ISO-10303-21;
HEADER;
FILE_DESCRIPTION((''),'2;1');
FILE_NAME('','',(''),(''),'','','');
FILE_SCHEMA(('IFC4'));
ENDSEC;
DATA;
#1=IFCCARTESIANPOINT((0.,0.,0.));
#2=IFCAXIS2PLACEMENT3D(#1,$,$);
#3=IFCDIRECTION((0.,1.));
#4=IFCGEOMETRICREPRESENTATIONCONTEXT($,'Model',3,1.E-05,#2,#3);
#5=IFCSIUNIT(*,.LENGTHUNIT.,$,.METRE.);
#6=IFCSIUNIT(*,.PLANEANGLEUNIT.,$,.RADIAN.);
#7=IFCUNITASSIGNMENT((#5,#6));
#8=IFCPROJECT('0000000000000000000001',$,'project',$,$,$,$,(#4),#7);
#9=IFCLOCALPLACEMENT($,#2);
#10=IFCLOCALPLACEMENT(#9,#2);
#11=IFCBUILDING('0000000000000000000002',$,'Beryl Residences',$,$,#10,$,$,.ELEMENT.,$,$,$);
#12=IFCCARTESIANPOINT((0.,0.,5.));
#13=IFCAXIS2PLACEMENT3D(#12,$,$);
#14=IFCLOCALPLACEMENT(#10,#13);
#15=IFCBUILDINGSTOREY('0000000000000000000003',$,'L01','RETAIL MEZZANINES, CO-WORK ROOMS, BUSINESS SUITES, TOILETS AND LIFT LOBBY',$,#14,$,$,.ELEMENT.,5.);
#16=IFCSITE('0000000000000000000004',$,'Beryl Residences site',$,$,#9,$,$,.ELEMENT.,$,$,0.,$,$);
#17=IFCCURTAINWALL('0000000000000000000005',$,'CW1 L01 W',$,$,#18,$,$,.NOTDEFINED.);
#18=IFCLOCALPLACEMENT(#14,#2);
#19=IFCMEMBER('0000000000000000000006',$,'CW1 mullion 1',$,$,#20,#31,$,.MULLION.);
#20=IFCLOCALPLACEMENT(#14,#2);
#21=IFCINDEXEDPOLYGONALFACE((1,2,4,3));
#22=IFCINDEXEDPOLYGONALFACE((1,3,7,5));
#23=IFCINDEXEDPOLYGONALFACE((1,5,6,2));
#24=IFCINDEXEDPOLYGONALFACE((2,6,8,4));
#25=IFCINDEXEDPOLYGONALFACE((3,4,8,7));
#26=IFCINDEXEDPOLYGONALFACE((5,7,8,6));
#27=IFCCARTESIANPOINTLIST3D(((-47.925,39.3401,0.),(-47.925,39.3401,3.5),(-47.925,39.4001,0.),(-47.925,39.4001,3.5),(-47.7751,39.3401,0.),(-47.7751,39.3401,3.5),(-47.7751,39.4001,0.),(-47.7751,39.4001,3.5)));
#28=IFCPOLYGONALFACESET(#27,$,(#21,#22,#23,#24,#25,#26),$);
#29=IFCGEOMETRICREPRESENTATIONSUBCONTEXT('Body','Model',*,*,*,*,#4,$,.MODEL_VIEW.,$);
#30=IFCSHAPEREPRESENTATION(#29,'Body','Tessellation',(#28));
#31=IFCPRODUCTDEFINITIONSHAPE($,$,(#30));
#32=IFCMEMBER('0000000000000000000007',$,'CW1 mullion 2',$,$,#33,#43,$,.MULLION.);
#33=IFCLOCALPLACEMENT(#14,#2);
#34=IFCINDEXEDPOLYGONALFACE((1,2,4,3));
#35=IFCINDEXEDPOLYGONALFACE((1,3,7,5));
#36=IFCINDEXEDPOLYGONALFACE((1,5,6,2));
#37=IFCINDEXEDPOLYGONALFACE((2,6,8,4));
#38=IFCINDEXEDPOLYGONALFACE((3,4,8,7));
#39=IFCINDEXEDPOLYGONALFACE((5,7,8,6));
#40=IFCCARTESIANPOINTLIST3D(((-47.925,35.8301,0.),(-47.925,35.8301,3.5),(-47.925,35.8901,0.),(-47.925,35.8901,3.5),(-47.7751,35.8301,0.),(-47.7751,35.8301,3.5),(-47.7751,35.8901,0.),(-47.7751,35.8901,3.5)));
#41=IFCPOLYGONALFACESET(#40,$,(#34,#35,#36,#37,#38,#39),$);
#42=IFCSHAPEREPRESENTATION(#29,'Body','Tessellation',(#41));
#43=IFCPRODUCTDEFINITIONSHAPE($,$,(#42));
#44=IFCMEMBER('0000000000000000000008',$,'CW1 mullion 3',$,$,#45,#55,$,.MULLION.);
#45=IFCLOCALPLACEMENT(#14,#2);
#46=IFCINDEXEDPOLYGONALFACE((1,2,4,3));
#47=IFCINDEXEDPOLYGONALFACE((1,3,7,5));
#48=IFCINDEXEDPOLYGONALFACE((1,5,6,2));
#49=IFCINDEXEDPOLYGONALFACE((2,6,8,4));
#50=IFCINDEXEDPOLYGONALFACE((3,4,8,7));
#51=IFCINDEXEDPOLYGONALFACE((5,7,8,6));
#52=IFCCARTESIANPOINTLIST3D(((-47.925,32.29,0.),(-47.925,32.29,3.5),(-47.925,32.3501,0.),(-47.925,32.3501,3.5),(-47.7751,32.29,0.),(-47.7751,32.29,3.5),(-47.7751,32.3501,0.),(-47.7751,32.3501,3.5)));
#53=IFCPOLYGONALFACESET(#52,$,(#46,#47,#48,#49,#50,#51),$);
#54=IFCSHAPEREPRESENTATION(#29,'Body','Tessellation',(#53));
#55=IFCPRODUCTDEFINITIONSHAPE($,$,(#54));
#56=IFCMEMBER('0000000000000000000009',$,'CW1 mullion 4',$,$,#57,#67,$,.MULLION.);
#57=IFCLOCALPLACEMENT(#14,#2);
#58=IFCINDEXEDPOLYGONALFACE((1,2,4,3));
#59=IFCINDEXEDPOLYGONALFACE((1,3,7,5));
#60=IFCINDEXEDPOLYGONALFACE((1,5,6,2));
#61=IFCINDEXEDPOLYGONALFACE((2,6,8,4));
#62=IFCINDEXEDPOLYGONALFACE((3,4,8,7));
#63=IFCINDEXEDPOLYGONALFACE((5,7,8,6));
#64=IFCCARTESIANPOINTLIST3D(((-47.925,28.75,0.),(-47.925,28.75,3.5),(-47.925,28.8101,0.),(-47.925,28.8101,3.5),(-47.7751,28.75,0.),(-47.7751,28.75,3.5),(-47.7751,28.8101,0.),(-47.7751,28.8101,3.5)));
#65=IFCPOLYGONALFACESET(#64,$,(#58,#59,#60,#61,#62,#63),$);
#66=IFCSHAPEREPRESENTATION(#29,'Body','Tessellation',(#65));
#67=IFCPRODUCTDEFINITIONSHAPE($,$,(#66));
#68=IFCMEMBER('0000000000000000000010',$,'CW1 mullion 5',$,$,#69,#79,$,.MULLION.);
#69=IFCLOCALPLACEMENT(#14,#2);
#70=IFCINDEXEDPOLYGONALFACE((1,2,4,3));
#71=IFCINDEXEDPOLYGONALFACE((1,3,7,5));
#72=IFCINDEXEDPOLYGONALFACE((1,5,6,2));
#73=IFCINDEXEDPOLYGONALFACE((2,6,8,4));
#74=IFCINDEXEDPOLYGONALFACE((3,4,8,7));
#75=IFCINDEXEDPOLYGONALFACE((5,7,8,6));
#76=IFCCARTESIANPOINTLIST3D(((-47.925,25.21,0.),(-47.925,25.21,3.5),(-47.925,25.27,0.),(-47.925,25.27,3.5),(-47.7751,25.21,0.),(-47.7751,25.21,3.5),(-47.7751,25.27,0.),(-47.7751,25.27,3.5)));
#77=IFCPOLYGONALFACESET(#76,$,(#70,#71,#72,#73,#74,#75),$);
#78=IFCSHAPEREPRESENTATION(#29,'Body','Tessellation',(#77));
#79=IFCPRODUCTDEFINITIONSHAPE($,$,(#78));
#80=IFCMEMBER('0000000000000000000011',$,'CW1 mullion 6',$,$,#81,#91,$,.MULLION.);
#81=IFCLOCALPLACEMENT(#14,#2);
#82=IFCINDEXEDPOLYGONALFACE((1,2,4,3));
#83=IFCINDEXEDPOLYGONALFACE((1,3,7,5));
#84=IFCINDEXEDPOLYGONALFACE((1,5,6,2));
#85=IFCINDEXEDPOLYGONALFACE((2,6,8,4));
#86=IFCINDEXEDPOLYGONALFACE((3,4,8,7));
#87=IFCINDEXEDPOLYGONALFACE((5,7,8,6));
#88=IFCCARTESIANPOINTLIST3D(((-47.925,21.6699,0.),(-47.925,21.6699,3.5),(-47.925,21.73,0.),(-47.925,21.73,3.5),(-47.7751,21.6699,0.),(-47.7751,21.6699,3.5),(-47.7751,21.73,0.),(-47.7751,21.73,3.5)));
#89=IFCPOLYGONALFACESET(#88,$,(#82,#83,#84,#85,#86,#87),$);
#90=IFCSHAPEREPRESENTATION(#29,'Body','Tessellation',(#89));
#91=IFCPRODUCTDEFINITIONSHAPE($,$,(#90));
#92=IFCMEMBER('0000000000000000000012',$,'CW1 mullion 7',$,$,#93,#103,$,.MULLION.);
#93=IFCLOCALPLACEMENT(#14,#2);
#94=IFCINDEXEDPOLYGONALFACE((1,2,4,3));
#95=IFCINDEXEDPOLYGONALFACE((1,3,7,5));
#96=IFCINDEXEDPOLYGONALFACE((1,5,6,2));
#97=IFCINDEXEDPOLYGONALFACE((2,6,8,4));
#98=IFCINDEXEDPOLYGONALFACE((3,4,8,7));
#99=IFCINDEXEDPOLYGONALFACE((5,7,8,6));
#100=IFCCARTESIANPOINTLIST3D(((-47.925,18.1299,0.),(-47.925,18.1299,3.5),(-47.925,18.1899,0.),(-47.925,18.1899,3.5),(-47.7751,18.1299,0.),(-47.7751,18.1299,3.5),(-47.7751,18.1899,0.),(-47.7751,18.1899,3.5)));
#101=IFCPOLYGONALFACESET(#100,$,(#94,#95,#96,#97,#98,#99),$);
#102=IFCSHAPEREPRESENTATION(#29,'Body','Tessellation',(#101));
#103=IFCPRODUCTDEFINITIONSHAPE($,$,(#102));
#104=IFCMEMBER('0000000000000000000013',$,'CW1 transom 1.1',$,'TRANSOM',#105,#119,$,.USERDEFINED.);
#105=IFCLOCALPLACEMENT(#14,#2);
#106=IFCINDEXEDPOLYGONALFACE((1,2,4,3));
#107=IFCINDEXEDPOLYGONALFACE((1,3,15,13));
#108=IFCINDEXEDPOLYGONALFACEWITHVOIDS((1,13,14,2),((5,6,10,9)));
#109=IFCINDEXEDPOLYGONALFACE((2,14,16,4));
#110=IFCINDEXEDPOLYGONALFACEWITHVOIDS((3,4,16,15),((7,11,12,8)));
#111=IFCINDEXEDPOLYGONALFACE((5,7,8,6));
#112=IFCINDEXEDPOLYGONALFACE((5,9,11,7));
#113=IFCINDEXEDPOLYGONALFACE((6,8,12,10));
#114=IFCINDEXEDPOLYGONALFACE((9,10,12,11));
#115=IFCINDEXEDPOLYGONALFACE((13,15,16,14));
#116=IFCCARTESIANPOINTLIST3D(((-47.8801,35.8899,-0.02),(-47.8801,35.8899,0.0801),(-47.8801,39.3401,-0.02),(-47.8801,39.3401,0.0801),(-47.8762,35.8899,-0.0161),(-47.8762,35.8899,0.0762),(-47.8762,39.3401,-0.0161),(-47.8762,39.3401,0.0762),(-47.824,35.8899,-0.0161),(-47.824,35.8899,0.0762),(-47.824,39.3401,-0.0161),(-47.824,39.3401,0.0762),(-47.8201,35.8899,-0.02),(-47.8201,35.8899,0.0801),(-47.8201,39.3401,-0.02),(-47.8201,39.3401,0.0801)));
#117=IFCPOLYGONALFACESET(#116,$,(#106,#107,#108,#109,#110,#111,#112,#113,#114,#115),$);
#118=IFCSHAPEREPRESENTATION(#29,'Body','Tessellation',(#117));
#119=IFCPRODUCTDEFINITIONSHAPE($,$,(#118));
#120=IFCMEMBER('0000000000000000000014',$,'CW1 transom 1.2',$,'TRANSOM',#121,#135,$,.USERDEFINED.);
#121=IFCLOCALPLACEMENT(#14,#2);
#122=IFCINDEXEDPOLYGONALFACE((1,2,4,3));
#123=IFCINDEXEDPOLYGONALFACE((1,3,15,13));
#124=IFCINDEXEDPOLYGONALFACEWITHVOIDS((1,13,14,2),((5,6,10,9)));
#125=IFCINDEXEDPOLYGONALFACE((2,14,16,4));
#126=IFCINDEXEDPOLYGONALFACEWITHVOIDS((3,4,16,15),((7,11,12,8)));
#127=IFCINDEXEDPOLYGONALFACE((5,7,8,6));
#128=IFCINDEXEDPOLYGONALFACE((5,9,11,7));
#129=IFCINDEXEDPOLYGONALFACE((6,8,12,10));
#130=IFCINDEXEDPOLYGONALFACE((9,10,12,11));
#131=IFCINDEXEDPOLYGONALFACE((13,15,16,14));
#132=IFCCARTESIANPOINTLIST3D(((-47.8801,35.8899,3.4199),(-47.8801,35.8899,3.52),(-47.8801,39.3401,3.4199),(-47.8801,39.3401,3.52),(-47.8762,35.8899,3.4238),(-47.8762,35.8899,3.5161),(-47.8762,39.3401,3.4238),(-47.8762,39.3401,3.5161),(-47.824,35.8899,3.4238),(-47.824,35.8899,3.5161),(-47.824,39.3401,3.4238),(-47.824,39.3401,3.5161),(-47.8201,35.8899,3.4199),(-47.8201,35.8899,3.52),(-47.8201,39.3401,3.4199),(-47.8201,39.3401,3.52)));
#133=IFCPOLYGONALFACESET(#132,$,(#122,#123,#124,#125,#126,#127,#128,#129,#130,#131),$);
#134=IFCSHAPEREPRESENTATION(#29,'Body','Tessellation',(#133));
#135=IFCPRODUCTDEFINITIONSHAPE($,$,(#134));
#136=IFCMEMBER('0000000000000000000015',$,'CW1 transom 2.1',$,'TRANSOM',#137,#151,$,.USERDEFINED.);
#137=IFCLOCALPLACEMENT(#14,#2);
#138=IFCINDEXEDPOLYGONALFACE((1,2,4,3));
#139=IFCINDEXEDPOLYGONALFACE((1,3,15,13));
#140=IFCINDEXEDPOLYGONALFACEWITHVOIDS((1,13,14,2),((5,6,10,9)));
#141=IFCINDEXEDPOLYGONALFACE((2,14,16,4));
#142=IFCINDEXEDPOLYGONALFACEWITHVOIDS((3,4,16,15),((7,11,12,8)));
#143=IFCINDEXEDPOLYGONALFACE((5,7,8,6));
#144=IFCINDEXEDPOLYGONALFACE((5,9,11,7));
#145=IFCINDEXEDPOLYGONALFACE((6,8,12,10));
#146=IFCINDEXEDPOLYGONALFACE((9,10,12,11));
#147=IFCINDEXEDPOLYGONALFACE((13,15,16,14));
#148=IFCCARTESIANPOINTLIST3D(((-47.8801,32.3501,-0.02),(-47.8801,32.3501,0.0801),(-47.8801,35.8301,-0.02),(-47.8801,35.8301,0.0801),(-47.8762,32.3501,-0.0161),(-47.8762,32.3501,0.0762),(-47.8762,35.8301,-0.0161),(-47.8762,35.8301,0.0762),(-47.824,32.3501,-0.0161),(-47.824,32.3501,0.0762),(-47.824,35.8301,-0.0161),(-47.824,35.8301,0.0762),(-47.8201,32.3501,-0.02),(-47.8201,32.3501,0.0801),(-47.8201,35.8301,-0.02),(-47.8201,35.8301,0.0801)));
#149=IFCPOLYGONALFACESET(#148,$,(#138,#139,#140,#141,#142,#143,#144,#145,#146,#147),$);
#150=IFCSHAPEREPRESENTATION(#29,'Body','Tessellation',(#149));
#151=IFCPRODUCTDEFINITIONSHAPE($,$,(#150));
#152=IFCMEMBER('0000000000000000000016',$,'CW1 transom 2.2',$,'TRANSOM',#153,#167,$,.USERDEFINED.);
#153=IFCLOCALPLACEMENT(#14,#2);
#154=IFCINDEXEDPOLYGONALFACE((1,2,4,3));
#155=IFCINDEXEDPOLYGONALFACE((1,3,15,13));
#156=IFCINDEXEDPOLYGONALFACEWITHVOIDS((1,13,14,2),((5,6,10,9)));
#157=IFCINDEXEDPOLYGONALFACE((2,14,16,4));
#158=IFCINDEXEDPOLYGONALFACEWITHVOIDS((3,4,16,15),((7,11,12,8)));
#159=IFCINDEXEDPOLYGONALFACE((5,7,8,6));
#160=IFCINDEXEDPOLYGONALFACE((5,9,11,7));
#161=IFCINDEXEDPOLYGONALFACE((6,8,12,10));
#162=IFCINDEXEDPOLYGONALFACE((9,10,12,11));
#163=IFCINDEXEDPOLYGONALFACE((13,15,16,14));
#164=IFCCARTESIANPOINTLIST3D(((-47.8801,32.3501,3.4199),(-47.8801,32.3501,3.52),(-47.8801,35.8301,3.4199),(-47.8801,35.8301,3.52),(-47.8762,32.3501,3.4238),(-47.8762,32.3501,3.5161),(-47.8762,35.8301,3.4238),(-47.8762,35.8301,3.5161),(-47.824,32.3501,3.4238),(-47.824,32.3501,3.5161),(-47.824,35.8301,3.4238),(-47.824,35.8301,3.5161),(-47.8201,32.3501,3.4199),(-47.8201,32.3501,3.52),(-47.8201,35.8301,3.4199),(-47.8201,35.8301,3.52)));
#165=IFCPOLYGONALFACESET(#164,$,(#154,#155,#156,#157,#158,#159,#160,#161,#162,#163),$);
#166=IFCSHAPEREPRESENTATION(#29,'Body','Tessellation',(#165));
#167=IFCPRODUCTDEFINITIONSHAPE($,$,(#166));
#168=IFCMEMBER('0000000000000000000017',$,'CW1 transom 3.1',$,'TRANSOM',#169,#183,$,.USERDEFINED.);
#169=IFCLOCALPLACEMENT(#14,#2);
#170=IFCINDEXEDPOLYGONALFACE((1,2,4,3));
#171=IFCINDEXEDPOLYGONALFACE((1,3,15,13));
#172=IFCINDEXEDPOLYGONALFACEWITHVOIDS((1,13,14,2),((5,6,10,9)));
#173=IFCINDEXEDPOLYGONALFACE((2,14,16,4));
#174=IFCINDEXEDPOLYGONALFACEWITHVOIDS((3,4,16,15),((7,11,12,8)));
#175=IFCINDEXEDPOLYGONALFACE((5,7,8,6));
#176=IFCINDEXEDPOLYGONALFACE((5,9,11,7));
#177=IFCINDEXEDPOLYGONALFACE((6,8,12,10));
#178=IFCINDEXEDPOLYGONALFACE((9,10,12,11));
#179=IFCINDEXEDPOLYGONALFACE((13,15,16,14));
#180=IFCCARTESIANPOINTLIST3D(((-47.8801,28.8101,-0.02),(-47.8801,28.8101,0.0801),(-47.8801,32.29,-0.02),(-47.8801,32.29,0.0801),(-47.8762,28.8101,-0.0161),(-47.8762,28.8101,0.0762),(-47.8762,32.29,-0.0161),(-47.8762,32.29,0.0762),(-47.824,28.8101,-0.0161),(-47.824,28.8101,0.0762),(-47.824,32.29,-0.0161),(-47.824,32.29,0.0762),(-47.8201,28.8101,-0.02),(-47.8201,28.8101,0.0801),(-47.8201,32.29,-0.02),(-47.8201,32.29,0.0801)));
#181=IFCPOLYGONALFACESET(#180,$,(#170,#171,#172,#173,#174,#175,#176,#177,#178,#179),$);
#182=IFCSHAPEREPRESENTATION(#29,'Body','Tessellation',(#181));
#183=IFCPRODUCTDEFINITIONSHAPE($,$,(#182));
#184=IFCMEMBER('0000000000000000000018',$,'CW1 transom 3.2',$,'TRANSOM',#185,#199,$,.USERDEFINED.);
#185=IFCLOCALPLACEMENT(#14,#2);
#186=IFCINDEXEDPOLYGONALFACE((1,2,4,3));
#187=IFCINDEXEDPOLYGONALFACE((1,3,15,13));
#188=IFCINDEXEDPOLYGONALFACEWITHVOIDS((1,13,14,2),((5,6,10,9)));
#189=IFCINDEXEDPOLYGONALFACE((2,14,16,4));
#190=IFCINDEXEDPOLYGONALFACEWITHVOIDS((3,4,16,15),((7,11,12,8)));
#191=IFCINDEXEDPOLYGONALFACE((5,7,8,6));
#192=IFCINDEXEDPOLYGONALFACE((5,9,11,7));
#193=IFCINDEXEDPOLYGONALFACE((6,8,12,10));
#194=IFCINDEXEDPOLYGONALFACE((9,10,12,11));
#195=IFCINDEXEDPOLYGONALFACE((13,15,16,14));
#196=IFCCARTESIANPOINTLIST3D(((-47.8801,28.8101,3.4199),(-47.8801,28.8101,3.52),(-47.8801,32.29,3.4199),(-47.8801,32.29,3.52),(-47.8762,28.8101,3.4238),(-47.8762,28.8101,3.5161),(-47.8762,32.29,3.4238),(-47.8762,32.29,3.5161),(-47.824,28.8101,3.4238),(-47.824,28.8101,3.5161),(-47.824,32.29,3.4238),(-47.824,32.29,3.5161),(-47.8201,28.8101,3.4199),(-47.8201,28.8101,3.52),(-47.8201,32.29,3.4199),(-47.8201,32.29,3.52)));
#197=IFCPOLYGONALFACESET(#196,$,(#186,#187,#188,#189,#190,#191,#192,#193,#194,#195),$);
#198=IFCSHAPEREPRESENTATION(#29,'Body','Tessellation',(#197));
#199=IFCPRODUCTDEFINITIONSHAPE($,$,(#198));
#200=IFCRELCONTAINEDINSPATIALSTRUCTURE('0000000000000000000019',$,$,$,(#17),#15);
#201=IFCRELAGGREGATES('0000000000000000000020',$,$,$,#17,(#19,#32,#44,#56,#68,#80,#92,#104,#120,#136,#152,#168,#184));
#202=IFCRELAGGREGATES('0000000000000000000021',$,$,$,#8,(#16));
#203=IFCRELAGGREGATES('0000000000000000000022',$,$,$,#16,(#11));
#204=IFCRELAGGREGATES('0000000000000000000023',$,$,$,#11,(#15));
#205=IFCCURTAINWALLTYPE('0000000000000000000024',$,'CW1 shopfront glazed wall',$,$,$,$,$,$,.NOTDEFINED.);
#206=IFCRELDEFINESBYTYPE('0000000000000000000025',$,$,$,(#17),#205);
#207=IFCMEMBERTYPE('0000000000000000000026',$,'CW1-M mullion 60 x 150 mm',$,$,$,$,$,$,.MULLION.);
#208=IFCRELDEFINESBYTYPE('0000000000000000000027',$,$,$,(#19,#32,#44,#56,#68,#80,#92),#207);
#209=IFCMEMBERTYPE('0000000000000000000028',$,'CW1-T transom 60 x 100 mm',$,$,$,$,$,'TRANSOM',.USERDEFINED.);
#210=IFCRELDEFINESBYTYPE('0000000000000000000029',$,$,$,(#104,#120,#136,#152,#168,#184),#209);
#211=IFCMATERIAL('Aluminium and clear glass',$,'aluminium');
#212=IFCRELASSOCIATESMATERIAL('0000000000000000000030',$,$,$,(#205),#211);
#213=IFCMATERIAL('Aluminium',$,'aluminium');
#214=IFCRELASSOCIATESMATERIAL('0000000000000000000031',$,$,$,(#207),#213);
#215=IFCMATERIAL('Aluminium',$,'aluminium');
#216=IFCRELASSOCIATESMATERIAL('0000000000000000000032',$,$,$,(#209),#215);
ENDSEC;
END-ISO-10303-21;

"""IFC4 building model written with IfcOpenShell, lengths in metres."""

from ifc_helpers import new_model, si_unit, direction, frame, origin, origin_2d, place, context, subcontext, project, spatial, rectangle, hollow_rectangle, extrude, material, material_profile, profile_set, type_object, element, aggregate, save


model = new_model("IFC4")

# Units and contexts
model_context = context("Model", 3, precision=1e-05, world=origin(), true_north=direction((0.0, 1.0)))
body_context = subcontext(model_context, "Body", "Model", "MODEL_VIEW")
ifc_project = project(units=[si_unit("LENGTHUNIT", "METRE"), si_unit("PLANEANGLEUNIT", "RADIAN")], contexts=[model_context])

# Site, building, storey
site_placement = place(None, origin())
site = spatial("IfcSite", under=ifc_project, at=site_placement, Name="Beryl Residences site", CompositionType="ELEMENT", RefElevation=0.0)
building_placement = place(site_placement, origin())
building = spatial("IfcBuilding", under=site, at=building_placement, Name="Beryl Residences", CompositionType="ELEMENT")
storey_placement = place(building_placement, frame((0.0, 0.0, 5.0)))
storey = spatial("IfcBuildingStorey", under=building, at=storey_placement, Name="L01", Description="RETAIL MEZZANINES, CO-WORK ROOMS, BUSINESS SUITES, TOILETS AND LIFT LOBBY", CompositionType="ELEMENT", Elevation=5.0)

# Curtain wall, members
ifc_material_1 = material(Name="Aluminium and clear glass", Category="aluminium")
curtain_wall_type = type_object("IfcCurtainWallType", Name="CW1 shopfront glazed wall", PredefinedType="NOTDEFINED", material=ifc_material_1)
curtain_wall_placement = place(storey_placement, origin())
curtain_wall = element("IfcCurtainWall", 1, at=curtain_wall_placement, inside=storey, type_object=curtain_wall_type, Name="CW1 L01 W", PredefinedType="NOTDEFINED")
ifc_material_2 = material(Name="Aluminium", Category="aluminium")
ifc_material_profile_1 = material_profile(ifc_material_2, rectangle(XDim=0.0601, YDim=0.1499, at=origin_2d()))
ifc_profile_set_1 = profile_set([ifc_material_profile_1], Name="Aluminium")
member_type_1 = type_object("IfcMemberType", Name="CW1-M mullion 60 x 150 mm", PredefinedType="MULLION", material=ifc_profile_set_1)
member_1_placement = place(storey_placement, frame((-47.8501, 39.3701, 0.0), z_axis=(0.0, 0.0, 1.0), x_axis=(0.0, -1.0, 0.0)))
member_1 = element("IfcMember", 2, at=member_1_placement, type_object=member_type_1, Name="CW1 mullion 1", PredefinedType="MULLION", context=body_context, shape_type="SweptSolid", body=[
    extrude(rectangle(XDim=0.0601, YDim=0.1499, at=origin_2d()), origin(), (0.0, 0.0, 1.0), 3.5),
])
member_2_placement = place(storey_placement, frame((-47.8501, 35.8601, 0.0), z_axis=(0.0, 0.0, 1.0), x_axis=(0.0, -1.0, 0.0)))
member_2 = element("IfcMember", 3, at=member_2_placement, type_object=member_type_1, Name="CW1 mullion 2", PredefinedType="MULLION", context=body_context, shape_type="SweptSolid", body=[
    extrude(rectangle(XDim=0.0601, YDim=0.1499, at=origin_2d()), origin(), (0.0, 0.0, 1.0), 3.5),
])
member_3_placement = place(storey_placement, frame((-47.8501, 32.3201, 0.0), z_axis=(0.0, 0.0, 1.0), x_axis=(0.0, -1.0, 0.0)))
member_3 = element("IfcMember", 4, at=member_3_placement, type_object=member_type_1, Name="CW1 mullion 3", PredefinedType="MULLION", context=body_context, shape_type="SweptSolid", body=[
    extrude(rectangle(XDim=0.0601, YDim=0.1499, at=origin_2d()), origin(), (0.0, 0.0, 1.0), 3.5),
])
member_4_placement = place(storey_placement, frame((-47.8501, 28.78, 0.0), z_axis=(0.0, 0.0, 1.0), x_axis=(0.0, -1.0, 0.0)))
member_4 = element("IfcMember", 5, at=member_4_placement, type_object=member_type_1, Name="CW1 mullion 4", PredefinedType="MULLION", context=body_context, shape_type="SweptSolid", body=[
    extrude(rectangle(XDim=0.0601, YDim=0.1499, at=origin_2d()), origin(), (0.0, 0.0, 1.0), 3.5),
])
member_5_placement = place(storey_placement, frame((-47.8501, 25.24, 0.0), z_axis=(0.0, 0.0, 1.0), x_axis=(0.0, -1.0, 0.0)))
member_5 = element("IfcMember", 6, at=member_5_placement, type_object=member_type_1, Name="CW1 mullion 5", PredefinedType="MULLION", context=body_context, shape_type="SweptSolid", body=[
    extrude(rectangle(XDim=0.0601, YDim=0.1499, at=origin_2d()), origin(), (0.0, 0.0, 1.0), 3.5),
])
member_6_placement = place(storey_placement, frame((-47.8501, 21.7, 0.0), z_axis=(0.0, 0.0, 1.0), x_axis=(0.0, -1.0, 0.0)))
member_6 = element("IfcMember", 7, at=member_6_placement, type_object=member_type_1, Name="CW1 mullion 6", PredefinedType="MULLION", context=body_context, shape_type="SweptSolid", body=[
    extrude(rectangle(XDim=0.0601, YDim=0.1499, at=origin_2d()), origin(), (0.0, 0.0, 1.0), 3.5),
])
member_7_placement = place(storey_placement, frame((-47.8501, 18.1599, 0.0), z_axis=(0.0, 0.0, 1.0), x_axis=(0.0, -1.0, 0.0)))
member_7 = element("IfcMember", 8, at=member_7_placement, type_object=member_type_1, Name="CW1 mullion 7", PredefinedType="MULLION", context=body_context, shape_type="SweptSolid", body=[
    extrude(rectangle(XDim=0.0601, YDim=0.1499, at=origin_2d()), origin(), (0.0, 0.0, 1.0), 3.5),
])
ifc_material_3 = material(Name="Aluminium", Category="aluminium")
ifc_material_profile_2 = material_profile(ifc_material_3, hollow_rectangle(XDim=0.0601, YDim=0.1001, WallThickness=0.0039, at=origin_2d()))
ifc_profile_set_2 = profile_set([ifc_material_profile_2], Name="Aluminium")
member_type_2 = type_object("IfcMemberType", Name="CW1-T transom 60 x 100 mm", ElementType="TRANSOM", PredefinedType="USERDEFINED", material=ifc_profile_set_2)
member_8_placement = place(storey_placement, frame((-47.8501, 39.3401, 0.03), z_axis=(0.0, -1.0, 0.0), x_axis=(1.0, 0.0, 0.0)))
member_8 = element("IfcMember", 9, at=member_8_placement, type_object=member_type_2, Name="CW1 transom 1.1", ObjectType="TRANSOM", PredefinedType="USERDEFINED", context=body_context, shape_type="SweptSolid", body=[
    extrude(hollow_rectangle(XDim=0.0601, YDim=0.1001, WallThickness=0.0039, at=origin_2d()), origin(), (0.0, 0.0, 1.0), 3.4502),
])
member_9_placement = place(storey_placement, frame((-47.8501, 39.3401, 3.47), z_axis=(0.0, -1.0, 0.0), x_axis=(1.0, 0.0, 0.0)))
member_9 = element("IfcMember", 10, at=member_9_placement, type_object=member_type_2, Name="CW1 transom 1.2", ObjectType="TRANSOM", PredefinedType="USERDEFINED", context=body_context, shape_type="SweptSolid", body=[
    extrude(hollow_rectangle(XDim=0.0601, YDim=0.1001, WallThickness=0.0039, at=origin_2d()), origin(), (0.0, 0.0, 1.0), 3.4502),
])
member_10_placement = place(storey_placement, frame((-47.8501, 35.8301, 0.03), z_axis=(0.0, -1.0, 0.0), x_axis=(1.0, 0.0, 0.0)))
member_10 = element("IfcMember", 11, at=member_10_placement, type_object=member_type_2, Name="CW1 transom 2.1", ObjectType="TRANSOM", PredefinedType="USERDEFINED", context=body_context, shape_type="SweptSolid", body=[
    extrude(hollow_rectangle(XDim=0.0601, YDim=0.1001, WallThickness=0.0039, at=origin_2d()), origin(), (0.0, 0.0, 1.0), 3.48),
])
member_11_placement = place(storey_placement, frame((-47.8501, 35.8301, 3.47), z_axis=(0.0, -1.0, 0.0), x_axis=(1.0, 0.0, 0.0)))
member_11 = element("IfcMember", 12, at=member_11_placement, type_object=member_type_2, Name="CW1 transom 2.2", ObjectType="TRANSOM", PredefinedType="USERDEFINED", context=body_context, shape_type="SweptSolid", body=[
    extrude(hollow_rectangle(XDim=0.0601, YDim=0.1001, WallThickness=0.0039, at=origin_2d()), origin(), (0.0, 0.0, 1.0), 3.48),
])
member_12_placement = place(storey_placement, frame((-47.8501, 32.29, 0.03), z_axis=(0.0, -1.0, 0.0), x_axis=(1.0, 0.0, 0.0)))
member_12 = element("IfcMember", 13, at=member_12_placement, type_object=member_type_2, Name="CW1 transom 3.1", ObjectType="TRANSOM", PredefinedType="USERDEFINED", context=body_context, shape_type="SweptSolid", body=[
    extrude(hollow_rectangle(XDim=0.0601, YDim=0.1001, WallThickness=0.0039, at=origin_2d()), origin(), (0.0, 0.0, 1.0), 3.48),
])
member_13_placement = place(storey_placement, frame((-47.8501, 32.29, 3.47), z_axis=(0.0, -1.0, 0.0), x_axis=(1.0, 0.0, 0.0)))
member_13 = element("IfcMember", 14, at=member_13_placement, type_object=member_type_2, Name="CW1 transom 3.2", ObjectType="TRANSOM", PredefinedType="USERDEFINED", context=body_context, shape_type="SweptSolid", body=[
    extrude(hollow_rectangle(XDim=0.0601, YDim=0.1001, WallThickness=0.0039, at=origin_2d()), origin(), (0.0, 0.0, 1.0), 3.48),
])
aggregate(curtain_wall, [member_1, member_2, member_3, member_4, member_5, member_6, member_7, member_8, member_9, member_10, member_11, member_12, member_13])

save(model, "model.ifc")
